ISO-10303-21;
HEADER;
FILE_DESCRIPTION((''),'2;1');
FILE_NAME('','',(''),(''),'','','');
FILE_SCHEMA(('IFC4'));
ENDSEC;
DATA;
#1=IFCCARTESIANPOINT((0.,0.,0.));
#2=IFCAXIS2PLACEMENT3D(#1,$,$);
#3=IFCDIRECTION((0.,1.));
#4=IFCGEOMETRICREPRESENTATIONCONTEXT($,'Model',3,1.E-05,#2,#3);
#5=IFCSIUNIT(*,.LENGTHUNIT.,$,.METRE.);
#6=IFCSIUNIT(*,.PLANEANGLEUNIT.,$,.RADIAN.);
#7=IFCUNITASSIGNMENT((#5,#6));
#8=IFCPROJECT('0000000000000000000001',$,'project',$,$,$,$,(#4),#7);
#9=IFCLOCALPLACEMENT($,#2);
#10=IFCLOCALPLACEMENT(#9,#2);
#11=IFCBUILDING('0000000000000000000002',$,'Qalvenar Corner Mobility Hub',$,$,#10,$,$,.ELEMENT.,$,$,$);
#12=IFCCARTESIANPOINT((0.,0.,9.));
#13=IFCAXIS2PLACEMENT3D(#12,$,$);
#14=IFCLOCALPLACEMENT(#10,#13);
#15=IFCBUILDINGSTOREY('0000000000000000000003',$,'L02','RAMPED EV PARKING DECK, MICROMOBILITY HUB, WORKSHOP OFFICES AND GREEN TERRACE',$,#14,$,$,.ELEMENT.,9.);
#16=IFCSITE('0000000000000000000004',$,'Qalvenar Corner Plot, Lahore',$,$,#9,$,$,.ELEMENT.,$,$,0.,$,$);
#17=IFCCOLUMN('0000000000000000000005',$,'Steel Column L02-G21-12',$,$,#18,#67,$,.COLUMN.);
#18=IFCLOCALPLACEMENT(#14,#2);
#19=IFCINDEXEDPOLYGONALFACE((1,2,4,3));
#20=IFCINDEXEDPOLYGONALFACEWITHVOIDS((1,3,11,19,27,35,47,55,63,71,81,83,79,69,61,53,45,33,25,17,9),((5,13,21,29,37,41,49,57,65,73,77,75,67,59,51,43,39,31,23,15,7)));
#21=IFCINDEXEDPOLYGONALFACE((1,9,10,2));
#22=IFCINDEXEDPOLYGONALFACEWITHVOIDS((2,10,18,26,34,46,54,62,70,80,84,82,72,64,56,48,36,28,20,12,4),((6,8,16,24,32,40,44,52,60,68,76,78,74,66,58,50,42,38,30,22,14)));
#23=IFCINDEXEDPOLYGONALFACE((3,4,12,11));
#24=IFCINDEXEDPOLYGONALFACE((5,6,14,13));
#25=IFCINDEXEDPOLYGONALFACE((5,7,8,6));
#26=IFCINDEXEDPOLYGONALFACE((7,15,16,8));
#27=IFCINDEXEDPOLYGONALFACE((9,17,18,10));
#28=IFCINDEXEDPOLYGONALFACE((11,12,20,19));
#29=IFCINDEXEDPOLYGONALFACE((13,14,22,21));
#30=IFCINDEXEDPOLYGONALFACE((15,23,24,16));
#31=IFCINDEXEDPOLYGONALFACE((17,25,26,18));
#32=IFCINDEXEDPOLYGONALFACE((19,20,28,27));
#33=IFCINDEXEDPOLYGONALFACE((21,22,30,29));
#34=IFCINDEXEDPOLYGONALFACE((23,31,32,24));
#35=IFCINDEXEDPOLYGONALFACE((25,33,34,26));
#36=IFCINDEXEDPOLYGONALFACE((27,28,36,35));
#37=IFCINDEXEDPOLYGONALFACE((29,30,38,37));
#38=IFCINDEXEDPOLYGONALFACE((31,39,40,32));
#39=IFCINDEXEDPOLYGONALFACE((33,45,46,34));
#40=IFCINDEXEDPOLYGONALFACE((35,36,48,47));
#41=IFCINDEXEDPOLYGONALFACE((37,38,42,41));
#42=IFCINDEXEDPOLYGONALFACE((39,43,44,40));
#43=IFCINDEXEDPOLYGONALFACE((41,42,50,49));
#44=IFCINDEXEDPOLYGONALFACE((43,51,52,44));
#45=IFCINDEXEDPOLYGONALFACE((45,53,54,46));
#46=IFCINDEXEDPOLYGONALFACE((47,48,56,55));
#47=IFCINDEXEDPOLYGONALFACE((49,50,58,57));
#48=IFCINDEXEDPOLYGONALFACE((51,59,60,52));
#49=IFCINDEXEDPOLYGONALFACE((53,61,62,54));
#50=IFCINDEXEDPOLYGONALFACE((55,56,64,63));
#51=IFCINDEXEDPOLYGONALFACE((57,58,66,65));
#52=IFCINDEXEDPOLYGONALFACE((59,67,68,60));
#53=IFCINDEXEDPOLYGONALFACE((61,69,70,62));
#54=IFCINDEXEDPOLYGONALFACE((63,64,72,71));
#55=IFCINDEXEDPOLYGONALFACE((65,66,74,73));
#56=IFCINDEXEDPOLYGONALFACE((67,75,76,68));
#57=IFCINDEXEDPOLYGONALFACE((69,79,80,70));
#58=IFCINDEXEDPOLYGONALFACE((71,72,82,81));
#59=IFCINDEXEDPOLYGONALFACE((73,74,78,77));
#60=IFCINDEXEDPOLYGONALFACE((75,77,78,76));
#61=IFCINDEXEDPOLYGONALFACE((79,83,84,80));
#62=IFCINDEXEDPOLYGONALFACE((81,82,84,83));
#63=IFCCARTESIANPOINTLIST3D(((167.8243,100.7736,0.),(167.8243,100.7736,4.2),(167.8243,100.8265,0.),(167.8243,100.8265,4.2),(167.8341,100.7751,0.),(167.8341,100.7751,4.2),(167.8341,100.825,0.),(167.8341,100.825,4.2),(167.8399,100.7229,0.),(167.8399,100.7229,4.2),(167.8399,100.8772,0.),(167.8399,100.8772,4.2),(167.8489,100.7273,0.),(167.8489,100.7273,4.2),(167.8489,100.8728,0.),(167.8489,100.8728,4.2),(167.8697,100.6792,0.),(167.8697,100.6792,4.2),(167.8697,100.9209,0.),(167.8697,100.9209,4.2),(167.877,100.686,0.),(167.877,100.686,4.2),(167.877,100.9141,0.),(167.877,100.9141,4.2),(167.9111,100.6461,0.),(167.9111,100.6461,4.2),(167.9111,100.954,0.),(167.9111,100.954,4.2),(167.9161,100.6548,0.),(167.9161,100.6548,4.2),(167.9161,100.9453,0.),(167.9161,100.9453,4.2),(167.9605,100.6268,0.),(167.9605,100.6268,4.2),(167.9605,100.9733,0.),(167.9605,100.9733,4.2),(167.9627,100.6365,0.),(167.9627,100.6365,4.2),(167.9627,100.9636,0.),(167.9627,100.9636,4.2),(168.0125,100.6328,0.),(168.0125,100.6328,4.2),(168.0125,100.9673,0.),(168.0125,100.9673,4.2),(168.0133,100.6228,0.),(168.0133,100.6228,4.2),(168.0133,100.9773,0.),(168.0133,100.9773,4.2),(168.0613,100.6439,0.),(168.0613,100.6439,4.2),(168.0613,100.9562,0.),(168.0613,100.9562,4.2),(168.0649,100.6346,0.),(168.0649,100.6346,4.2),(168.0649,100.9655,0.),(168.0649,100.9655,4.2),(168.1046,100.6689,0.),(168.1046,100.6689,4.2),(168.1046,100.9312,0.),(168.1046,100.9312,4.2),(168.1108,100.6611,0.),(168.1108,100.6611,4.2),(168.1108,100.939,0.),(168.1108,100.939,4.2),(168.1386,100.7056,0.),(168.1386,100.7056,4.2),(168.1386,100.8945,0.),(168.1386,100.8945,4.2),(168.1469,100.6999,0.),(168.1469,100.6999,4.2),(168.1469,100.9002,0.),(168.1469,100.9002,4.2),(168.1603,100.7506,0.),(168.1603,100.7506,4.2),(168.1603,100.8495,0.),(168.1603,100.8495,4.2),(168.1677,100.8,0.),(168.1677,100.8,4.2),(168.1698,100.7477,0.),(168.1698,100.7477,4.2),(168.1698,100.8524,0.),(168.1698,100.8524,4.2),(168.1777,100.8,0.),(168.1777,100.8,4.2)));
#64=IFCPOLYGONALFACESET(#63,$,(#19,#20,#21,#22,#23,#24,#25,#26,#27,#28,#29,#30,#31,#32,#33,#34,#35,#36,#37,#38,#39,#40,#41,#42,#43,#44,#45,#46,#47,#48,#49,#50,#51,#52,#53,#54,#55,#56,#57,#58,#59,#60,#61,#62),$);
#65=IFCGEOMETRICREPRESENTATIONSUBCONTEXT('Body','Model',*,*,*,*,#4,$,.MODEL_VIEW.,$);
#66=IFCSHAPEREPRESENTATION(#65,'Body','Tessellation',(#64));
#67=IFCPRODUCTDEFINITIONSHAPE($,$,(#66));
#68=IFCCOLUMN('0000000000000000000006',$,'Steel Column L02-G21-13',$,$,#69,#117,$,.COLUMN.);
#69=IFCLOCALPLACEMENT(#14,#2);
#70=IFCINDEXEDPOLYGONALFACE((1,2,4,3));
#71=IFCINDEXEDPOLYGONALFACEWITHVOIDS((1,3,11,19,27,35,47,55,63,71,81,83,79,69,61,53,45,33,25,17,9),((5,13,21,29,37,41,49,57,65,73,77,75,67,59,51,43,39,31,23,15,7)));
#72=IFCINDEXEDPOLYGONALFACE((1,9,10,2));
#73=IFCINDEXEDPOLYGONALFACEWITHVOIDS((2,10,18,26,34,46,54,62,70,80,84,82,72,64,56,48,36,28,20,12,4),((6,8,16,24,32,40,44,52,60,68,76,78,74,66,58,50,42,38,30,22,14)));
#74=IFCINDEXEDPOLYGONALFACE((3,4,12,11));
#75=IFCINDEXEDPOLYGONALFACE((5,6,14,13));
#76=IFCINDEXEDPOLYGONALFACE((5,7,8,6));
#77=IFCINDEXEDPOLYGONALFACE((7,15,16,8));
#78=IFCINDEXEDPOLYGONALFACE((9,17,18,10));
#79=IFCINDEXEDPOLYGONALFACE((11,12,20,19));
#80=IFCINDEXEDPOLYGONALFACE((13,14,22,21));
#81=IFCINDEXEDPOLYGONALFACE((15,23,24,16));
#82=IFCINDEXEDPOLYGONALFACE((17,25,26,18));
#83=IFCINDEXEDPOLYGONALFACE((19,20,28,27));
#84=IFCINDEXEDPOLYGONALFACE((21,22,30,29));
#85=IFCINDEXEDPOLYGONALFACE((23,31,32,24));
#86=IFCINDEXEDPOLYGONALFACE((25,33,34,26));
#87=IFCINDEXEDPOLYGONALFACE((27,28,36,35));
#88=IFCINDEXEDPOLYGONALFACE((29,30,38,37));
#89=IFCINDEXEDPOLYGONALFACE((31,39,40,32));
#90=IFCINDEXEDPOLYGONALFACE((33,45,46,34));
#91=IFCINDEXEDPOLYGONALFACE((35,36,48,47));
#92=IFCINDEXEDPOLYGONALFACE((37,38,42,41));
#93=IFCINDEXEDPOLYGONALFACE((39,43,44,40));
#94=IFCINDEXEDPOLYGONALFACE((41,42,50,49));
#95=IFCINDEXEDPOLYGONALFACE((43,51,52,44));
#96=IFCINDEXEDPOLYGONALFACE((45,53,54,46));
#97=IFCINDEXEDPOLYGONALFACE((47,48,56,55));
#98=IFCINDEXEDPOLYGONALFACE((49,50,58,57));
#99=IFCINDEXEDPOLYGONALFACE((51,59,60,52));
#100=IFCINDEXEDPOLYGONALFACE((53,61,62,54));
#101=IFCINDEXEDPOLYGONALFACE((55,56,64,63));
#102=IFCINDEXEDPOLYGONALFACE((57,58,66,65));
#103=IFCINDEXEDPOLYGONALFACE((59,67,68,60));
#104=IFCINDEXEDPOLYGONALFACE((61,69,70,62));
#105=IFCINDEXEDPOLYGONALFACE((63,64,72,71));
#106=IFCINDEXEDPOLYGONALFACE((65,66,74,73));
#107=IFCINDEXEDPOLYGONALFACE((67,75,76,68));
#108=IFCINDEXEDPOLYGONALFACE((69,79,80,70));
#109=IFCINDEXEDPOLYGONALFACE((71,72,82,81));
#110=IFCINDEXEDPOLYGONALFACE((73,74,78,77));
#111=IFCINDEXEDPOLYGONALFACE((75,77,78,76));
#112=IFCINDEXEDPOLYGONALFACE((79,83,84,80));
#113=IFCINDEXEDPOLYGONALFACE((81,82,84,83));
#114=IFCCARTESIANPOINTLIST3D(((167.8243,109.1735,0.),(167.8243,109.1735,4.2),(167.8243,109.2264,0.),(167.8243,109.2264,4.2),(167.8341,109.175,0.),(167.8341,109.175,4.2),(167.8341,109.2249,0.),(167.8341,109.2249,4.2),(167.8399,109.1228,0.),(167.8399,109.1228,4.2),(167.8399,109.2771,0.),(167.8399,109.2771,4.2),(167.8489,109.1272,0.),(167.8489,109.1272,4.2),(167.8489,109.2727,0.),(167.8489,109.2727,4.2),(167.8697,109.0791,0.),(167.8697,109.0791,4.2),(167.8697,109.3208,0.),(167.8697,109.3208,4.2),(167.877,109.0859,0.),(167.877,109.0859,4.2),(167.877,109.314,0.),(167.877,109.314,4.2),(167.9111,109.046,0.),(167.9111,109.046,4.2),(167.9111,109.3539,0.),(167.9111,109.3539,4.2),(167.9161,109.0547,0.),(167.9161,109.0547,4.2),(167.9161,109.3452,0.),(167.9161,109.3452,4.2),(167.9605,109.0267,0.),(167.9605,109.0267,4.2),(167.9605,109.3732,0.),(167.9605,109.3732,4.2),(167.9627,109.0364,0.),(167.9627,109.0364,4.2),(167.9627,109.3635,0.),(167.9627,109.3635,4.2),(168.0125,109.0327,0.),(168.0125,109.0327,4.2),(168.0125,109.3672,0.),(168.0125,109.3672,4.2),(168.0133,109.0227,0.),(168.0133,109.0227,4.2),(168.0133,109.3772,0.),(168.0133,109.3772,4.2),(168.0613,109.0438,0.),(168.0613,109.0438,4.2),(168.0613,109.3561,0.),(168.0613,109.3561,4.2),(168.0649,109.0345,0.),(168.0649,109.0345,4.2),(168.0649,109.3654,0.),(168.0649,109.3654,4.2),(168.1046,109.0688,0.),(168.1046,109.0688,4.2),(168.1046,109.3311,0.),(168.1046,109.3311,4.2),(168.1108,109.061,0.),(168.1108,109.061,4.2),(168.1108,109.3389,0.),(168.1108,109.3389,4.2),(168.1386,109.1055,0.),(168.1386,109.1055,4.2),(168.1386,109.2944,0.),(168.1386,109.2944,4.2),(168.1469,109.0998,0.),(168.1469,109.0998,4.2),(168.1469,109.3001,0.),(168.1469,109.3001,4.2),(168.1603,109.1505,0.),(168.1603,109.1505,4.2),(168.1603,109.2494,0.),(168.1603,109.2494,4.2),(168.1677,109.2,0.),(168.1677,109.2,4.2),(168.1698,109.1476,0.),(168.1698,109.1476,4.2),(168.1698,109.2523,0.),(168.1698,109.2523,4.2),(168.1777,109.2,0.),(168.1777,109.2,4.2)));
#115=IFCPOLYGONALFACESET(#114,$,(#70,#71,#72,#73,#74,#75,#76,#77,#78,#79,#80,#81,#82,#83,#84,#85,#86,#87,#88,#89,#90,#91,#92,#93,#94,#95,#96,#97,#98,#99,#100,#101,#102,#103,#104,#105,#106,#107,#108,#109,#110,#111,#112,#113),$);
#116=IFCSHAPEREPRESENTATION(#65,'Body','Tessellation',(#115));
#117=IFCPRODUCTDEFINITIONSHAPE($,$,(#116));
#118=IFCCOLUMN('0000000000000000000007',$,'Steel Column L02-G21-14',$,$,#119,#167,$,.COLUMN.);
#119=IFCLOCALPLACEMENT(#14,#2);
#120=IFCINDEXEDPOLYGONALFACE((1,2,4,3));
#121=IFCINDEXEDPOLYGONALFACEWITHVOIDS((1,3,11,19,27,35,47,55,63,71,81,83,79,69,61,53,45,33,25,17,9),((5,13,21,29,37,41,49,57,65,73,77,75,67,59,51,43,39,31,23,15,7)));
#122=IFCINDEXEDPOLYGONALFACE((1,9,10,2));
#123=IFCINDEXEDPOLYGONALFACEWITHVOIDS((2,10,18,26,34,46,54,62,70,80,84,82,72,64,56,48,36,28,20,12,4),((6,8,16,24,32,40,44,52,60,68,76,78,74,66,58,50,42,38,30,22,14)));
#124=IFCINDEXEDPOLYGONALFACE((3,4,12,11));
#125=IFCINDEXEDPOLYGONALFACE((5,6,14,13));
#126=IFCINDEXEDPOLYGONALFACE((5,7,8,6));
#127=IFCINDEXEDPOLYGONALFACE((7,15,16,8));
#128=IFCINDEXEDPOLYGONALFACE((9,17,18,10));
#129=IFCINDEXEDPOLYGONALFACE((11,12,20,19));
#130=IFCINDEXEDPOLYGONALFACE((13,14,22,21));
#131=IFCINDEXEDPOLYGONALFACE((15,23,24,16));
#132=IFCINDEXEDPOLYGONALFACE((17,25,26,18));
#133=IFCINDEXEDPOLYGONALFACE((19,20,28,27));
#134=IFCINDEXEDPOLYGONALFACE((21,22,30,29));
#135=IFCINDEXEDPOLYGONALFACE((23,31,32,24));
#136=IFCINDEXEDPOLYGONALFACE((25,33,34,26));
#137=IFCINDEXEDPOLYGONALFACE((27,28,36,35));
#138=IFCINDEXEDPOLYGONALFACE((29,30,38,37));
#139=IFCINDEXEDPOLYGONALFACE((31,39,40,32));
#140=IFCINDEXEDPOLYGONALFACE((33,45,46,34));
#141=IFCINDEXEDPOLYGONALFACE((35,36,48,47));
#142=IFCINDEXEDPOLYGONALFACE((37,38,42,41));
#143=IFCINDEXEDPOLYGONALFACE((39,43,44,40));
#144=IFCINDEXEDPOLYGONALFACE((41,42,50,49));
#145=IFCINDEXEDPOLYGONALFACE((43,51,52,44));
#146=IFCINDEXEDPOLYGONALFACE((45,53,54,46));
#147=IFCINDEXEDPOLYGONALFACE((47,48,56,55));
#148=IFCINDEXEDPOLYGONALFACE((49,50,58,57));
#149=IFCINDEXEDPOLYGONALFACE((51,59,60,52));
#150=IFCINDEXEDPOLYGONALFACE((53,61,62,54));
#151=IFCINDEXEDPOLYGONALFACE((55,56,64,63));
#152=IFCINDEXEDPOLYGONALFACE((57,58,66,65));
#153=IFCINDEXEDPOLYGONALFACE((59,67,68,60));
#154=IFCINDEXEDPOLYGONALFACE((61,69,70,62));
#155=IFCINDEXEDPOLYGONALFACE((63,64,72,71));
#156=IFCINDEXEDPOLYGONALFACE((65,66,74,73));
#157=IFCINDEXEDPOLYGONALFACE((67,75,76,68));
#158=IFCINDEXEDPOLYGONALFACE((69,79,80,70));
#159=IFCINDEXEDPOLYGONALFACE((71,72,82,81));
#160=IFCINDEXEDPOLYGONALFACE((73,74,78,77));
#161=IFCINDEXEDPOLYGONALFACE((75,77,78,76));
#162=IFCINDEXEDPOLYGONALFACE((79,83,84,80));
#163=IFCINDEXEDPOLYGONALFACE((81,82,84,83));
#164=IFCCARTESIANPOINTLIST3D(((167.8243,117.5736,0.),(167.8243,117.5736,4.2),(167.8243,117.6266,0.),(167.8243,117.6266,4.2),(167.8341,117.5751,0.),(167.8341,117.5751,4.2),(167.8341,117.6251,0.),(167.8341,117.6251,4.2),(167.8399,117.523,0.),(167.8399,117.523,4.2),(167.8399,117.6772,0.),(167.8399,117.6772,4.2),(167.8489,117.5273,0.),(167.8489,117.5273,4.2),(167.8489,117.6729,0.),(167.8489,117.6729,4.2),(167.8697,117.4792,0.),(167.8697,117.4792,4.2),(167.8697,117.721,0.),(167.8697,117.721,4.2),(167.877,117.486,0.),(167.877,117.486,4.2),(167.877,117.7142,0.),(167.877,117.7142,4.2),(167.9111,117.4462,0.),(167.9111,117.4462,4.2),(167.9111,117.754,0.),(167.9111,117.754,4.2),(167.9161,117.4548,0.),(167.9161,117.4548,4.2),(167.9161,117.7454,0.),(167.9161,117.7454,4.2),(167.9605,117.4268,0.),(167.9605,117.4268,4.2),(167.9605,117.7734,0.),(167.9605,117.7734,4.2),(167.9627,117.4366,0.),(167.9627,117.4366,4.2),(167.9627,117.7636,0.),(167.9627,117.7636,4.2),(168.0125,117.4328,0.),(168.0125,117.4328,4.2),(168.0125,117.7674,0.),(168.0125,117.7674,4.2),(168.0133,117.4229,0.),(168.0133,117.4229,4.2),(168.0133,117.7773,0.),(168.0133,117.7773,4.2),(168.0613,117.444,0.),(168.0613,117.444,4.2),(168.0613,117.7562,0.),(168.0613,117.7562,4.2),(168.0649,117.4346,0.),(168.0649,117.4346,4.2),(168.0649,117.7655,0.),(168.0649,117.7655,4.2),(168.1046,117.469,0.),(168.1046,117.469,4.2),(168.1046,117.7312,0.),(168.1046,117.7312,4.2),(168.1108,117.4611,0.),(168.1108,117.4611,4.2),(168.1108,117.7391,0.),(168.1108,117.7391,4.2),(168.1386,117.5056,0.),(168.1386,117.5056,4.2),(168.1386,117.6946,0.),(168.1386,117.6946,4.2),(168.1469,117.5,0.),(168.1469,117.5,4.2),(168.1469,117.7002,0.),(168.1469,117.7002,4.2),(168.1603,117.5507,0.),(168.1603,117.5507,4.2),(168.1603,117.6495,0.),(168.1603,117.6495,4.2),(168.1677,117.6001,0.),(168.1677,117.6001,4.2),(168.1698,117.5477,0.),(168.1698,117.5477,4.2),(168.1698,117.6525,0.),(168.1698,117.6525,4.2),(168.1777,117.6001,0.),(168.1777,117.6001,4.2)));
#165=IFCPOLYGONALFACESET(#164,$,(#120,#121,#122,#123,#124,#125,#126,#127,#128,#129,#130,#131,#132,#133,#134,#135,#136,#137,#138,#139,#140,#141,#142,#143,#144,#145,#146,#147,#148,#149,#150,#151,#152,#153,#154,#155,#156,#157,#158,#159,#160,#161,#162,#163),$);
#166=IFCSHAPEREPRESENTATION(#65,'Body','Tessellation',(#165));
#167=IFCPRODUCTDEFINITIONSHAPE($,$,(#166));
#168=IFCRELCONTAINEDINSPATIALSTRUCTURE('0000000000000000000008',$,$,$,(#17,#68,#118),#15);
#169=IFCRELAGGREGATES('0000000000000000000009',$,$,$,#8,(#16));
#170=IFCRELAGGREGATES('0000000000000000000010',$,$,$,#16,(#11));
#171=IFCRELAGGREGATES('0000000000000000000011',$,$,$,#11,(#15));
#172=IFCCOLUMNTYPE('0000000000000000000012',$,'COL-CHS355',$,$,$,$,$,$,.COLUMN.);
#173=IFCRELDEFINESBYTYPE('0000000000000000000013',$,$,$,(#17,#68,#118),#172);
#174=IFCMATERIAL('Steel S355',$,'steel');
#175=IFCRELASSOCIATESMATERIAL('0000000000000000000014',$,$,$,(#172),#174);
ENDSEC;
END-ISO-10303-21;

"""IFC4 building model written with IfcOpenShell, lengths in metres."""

from ifc_helpers import new_model, si_unit, direction, frame, origin, origin_2d, place, context, subcontext, project, spatial, hollow_circle, extrude, material, material_profile, profile_set, type_object, element, save


model = new_model("IFC4")

# Units and contexts
model_context = context("Model", 3, precision=1e-05, world=origin(), true_north=direction((0.0, 1.0)))
body_context = subcontext(model_context, "Body", "Model", "MODEL_VIEW")
ifc_project = project(units=[si_unit("LENGTHUNIT", "METRE"), si_unit("PLANEANGLEUNIT", "RADIAN")], contexts=[model_context])

# Site, building, storey
site_placement = place(None, origin())
site = spatial("IfcSite", under=ifc_project, at=site_placement, Name="Qalvenar Corner Plot, Lahore", CompositionType="ELEMENT", RefElevation=0.0)
building_placement = place(site_placement, origin())
building = spatial("IfcBuilding", under=site, at=building_placement, Name="Qalvenar Corner Mobility Hub", CompositionType="ELEMENT")
storey_placement = place(building_placement, frame((0.0, 0.0, 9.0)))
storey = spatial("IfcBuildingStorey", under=building, at=storey_placement, Name="L02", Description="RAMPED EV PARKING DECK, MICROMOBILITY HUB, WORKSHOP OFFICES AND GREEN TERRACE", CompositionType="ELEMENT", Elevation=9.0)

# Columns
ifc_material_1 = material(Name="Steel S355", Category="steel")
ifc_material_profile_1 = material_profile(ifc_material_1, hollow_circle(Radius=0.1777, WallThickness=0.01, at=origin_2d()), Name="CHS355.6x10")
ifc_profile_set_1 = profile_set([ifc_material_profile_1], Name="Steel S355")
column_type = type_object("IfcColumnType", Name="COL-CHS355", PredefinedType="COLUMN", material=ifc_profile_set_1)
for number, where, z_axis, x_axis, name in (
    (1, (168.0, 100.8, 0.0), (0.0, 0.0, 1.0), (1.0, 0.0, 0.0), "Steel Column L02-G21-12"),
    (2, (168.0, 109.2, 0.0), (0.0, 0.0, 1.0), (1.0, 0.0, 0.0), "Steel Column L02-G21-13"),
    (3, (168.0, 117.6001, 0.0), (0.0, 0.0, 1.0), (1.0, 0.0, 0.0), "Steel Column L02-G21-14"),
):
    element("IfcColumn", number, at=place(storey_placement, frame(where, z_axis=z_axis, x_axis=x_axis)), inside=storey, type_object=column_type, Name=name, PredefinedType="COLUMN", context=body_context, shape_type="SweptSolid", body=[
        extrude(hollow_circle(Radius=0.1777, WallThickness=0.01, at=origin_2d()), origin(), (0.0, 0.0, 1.0), 4.2),
    ])

save(model, "model.ifc")
